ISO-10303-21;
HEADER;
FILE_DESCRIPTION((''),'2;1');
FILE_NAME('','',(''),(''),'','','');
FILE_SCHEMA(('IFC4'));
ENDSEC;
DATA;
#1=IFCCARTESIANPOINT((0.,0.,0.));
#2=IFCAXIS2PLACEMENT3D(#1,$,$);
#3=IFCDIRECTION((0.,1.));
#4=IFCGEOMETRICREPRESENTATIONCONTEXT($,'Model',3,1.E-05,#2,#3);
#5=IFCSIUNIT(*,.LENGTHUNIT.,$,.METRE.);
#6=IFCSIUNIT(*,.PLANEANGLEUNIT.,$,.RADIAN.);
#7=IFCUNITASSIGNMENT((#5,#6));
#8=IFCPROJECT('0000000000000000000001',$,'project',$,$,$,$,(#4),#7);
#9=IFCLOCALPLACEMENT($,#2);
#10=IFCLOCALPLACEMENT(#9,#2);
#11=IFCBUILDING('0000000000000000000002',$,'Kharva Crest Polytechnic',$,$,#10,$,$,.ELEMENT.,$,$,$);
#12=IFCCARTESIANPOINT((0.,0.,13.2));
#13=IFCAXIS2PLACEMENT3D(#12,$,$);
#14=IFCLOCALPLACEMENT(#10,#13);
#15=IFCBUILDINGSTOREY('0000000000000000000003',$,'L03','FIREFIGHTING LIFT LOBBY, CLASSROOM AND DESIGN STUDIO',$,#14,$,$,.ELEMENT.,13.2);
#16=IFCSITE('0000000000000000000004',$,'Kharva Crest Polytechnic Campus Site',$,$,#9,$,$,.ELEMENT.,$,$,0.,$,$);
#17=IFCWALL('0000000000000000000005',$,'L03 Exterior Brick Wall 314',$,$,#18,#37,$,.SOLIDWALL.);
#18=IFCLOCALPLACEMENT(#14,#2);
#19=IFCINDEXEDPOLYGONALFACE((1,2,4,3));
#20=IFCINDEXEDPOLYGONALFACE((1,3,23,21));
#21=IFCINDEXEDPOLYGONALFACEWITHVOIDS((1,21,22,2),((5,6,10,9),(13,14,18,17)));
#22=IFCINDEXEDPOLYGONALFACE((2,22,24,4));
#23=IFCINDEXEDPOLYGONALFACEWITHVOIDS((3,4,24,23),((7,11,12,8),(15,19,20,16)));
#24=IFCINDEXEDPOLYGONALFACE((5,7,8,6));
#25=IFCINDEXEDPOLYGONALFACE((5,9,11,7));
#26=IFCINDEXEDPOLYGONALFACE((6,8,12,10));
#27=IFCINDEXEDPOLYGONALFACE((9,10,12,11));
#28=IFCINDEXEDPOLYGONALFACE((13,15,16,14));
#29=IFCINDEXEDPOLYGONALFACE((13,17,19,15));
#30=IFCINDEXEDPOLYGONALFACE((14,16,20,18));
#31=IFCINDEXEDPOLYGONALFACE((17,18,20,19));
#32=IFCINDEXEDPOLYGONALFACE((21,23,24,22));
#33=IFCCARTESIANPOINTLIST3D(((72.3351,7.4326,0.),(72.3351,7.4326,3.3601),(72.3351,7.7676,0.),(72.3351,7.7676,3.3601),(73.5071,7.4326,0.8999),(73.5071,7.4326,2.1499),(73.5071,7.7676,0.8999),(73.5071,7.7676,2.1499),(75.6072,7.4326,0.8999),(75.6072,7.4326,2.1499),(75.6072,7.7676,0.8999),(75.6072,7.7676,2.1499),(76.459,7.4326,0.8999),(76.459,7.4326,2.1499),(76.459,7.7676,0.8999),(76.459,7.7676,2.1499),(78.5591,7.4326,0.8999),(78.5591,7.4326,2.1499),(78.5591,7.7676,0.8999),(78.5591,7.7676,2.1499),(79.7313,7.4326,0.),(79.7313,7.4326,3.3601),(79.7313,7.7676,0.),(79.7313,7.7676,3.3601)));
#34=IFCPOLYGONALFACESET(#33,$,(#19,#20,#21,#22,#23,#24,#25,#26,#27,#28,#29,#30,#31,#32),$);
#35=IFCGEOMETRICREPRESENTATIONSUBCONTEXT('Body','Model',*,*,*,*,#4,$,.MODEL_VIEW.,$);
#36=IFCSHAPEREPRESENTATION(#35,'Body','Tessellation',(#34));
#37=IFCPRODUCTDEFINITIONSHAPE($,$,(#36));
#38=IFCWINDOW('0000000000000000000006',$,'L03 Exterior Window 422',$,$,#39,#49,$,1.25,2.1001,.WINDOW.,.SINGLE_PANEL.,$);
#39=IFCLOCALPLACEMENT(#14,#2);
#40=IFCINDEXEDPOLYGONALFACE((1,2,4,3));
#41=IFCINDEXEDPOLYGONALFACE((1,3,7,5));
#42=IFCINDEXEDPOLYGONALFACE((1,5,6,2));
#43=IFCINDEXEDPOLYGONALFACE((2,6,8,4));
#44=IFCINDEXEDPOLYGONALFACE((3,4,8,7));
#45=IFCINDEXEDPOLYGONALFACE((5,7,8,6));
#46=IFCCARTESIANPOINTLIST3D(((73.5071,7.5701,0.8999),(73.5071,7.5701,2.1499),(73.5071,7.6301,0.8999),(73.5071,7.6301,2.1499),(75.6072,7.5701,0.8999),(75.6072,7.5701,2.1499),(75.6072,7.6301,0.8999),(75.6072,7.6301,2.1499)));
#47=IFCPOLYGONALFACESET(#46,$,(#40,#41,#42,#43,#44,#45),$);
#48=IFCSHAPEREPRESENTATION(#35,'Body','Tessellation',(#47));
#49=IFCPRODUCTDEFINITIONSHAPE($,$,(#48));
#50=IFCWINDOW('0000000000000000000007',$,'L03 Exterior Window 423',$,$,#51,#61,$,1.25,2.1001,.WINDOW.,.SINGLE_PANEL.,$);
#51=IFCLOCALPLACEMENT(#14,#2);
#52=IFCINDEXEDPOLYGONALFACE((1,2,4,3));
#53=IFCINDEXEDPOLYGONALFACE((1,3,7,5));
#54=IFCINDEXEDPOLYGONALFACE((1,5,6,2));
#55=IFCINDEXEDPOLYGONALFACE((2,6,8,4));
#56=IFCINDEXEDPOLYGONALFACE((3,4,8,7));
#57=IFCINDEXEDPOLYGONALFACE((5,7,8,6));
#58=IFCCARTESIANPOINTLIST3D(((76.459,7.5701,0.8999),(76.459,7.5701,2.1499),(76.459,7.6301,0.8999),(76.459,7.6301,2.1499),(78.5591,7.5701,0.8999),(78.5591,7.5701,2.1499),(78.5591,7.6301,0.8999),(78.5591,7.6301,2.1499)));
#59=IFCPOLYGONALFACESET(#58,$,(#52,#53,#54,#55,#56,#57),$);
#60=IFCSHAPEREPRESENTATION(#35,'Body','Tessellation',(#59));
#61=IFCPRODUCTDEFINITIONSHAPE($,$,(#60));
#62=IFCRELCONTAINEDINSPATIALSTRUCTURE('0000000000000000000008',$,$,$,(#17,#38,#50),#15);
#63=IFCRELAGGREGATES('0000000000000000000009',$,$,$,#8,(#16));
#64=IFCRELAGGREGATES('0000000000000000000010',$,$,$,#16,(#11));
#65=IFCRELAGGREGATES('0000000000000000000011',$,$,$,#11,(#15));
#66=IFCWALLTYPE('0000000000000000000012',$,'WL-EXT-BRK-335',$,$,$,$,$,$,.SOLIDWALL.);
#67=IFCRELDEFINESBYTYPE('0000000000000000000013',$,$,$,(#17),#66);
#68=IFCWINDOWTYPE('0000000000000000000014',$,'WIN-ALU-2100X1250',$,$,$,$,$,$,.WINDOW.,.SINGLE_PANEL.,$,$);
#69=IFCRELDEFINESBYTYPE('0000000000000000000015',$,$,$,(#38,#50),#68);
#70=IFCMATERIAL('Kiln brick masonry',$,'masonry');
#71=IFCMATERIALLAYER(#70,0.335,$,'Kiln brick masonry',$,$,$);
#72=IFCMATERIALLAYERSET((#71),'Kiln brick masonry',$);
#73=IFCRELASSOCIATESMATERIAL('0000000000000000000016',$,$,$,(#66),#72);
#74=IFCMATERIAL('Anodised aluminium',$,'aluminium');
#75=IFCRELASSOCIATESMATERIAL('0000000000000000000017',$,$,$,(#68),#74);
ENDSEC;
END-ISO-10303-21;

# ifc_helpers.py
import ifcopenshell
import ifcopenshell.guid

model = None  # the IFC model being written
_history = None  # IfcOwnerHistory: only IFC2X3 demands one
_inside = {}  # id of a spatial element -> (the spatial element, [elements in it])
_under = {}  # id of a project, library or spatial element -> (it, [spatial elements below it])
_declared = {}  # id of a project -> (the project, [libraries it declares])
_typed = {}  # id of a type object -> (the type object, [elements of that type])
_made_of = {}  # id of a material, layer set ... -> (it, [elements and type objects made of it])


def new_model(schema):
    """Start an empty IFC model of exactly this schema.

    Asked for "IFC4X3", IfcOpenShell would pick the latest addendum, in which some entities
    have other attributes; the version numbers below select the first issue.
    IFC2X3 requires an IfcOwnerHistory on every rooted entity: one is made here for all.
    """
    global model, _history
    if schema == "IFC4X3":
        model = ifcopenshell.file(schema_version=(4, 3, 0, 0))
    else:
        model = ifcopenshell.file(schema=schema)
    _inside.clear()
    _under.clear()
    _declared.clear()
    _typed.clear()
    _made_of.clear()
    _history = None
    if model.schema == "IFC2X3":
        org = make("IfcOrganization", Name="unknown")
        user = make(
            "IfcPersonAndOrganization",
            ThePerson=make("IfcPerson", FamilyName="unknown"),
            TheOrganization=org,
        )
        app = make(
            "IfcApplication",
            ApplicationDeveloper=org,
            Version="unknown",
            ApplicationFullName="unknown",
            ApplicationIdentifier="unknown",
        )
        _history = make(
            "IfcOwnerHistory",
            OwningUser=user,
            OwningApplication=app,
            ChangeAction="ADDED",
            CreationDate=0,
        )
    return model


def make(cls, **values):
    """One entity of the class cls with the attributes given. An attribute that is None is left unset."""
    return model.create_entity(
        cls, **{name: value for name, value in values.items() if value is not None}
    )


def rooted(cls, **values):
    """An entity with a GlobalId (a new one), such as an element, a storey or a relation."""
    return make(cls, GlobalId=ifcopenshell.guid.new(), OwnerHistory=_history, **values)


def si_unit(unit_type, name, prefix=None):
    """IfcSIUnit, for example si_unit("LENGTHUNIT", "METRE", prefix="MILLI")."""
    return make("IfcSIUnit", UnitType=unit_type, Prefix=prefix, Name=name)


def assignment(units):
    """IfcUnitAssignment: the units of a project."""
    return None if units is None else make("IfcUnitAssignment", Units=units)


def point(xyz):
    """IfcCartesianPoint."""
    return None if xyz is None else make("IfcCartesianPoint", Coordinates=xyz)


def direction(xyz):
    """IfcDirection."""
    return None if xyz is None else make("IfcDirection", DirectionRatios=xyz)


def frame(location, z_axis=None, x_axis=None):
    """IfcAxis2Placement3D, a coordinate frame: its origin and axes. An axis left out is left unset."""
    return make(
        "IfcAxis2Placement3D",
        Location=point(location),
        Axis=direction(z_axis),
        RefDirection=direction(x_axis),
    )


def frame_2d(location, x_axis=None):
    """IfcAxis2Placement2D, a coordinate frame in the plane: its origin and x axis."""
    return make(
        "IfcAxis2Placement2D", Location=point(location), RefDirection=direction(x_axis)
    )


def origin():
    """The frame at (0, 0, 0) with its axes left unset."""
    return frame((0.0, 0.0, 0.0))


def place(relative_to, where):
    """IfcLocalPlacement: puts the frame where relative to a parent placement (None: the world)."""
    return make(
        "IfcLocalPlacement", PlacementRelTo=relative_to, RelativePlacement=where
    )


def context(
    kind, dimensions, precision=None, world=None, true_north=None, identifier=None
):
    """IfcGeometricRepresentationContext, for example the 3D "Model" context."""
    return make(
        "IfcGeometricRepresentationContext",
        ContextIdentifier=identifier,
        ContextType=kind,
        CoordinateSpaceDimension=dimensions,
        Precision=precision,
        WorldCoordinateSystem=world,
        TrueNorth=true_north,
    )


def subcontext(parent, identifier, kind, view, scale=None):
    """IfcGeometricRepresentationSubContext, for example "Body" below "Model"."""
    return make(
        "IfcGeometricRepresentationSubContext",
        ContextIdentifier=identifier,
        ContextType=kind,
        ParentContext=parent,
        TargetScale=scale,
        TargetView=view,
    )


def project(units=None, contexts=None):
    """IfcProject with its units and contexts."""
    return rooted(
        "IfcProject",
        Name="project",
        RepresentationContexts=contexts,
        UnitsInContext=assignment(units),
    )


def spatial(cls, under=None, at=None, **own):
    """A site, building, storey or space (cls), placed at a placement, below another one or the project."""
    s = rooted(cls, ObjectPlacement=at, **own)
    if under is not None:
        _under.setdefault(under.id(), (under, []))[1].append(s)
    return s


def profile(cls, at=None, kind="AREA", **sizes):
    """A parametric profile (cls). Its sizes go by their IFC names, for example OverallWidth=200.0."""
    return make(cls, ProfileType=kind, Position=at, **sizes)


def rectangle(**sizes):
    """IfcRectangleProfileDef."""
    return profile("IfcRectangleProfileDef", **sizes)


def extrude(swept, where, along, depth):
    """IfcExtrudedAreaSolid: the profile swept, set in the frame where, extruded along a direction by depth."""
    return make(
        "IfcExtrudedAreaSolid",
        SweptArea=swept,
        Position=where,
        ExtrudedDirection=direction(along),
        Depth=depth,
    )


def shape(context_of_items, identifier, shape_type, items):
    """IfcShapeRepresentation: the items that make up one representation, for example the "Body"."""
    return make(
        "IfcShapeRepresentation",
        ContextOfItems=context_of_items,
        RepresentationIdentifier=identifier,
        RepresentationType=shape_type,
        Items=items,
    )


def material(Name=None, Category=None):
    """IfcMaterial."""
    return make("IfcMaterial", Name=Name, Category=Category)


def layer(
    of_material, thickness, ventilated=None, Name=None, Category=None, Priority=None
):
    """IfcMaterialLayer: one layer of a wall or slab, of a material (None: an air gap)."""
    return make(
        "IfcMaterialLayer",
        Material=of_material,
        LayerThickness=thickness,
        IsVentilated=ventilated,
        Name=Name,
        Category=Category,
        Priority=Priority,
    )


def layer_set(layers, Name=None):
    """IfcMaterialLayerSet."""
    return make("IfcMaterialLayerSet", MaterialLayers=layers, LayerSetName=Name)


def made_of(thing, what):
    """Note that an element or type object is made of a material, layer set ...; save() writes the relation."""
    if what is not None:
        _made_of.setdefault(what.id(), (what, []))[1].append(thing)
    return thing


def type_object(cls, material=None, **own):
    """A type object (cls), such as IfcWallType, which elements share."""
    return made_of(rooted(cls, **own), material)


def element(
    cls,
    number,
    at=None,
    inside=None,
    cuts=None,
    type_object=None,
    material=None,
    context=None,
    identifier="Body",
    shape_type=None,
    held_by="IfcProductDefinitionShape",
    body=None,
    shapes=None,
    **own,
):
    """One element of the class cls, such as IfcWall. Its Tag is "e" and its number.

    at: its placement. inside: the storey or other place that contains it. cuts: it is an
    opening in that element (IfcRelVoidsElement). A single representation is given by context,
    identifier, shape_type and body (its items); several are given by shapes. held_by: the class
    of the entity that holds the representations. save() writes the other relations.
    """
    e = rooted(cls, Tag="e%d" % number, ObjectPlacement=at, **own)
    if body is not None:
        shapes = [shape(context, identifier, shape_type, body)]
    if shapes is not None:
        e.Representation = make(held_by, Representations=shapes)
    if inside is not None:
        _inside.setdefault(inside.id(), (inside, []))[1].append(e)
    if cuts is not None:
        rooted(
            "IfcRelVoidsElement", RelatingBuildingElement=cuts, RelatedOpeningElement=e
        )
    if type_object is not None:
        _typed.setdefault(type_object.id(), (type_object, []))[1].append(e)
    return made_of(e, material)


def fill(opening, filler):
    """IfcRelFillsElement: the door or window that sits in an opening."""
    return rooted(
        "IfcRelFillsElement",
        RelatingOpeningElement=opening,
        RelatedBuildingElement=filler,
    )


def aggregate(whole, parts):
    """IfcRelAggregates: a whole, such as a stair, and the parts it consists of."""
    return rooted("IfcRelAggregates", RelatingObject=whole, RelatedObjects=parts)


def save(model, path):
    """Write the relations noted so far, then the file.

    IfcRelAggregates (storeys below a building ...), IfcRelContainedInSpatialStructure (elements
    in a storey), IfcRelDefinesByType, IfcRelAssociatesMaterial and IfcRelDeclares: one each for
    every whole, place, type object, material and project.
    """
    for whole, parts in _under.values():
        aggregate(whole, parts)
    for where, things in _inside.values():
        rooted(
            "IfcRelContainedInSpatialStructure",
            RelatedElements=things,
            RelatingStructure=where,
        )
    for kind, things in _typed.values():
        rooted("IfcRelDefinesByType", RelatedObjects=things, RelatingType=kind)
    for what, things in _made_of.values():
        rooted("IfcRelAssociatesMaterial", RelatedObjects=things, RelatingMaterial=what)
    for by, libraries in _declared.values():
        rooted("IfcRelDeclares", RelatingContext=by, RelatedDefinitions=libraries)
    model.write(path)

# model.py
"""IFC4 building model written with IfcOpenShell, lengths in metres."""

from ifc_helpers import new_model, si_unit, direction, frame, frame_2d, origin, place, context, subcontext, project, spatial, rectangle, extrude, material, layer, layer_set, type_object, element, fill, save


model = new_model("IFC4")

# Units and contexts
model_context = context("Model", 3, precision=1e-05, world=origin(), true_north=direction((0.0, 1.0)))
body_context = subcontext(model_context, "Body", "Model", "MODEL_VIEW")
ifc_project = project(units=[si_unit("LENGTHUNIT", "METRE"), si_unit("PLANEANGLEUNIT", "RADIAN")], contexts=[model_context])

# Site, building, storey
site_placement = place(None, origin())
site = spatial("IfcSite", under=ifc_project, at=site_placement, Name="Kharva Crest Polytechnic Campus Site", CompositionType="ELEMENT", RefElevation=0.0)
building_placement = place(site_placement, origin())
building = spatial("IfcBuilding", under=site, at=building_placement, Name="Kharva Crest Polytechnic", CompositionType="ELEMENT")
storey_placement = place(building_placement, frame((0.0, 0.0, 13.2)))
storey = spatial("IfcBuildingStorey", under=building, at=storey_placement, Name="L03", Description="FIREFIGHTING LIFT LOBBY, CLASSROOM AND DESIGN STUDIO", CompositionType="ELEMENT", Elevation=13.2)

# Wall, openings, windows
ifc_material_1 = material(Name="Kiln brick masonry", Category="masonry")
ifc_layer_1 = layer(ifc_material_1, 0.335, Name="Kiln brick masonry")
ifc_layer_set_1 = layer_set([ifc_layer_1], Name="Kiln brick masonry")
wall_type = type_object("IfcWallType", Name="WL-EXT-BRK-335", PredefinedType="SOLIDWALL", material=ifc_layer_set_1)
wall_placement = place(storey_placement, frame((72.335, 7.6001, 0.0), z_axis=(0.0, 0.0, 1.0), x_axis=(1.0, 0.0, 0.0)))
wall = element("IfcWall", 1, at=wall_placement, inside=storey, type_object=wall_type, Name="L03 Exterior Brick Wall 314", PredefinedType="SOLIDWALL", context=body_context, shape_type="SweptSolid", body=[
    extrude(rectangle(XDim=7.3962, YDim=0.335, at=frame_2d((3.6982, 0.0))), origin(), (0.0, 0.0, 1.0), 3.3601),
])
opening_1_placement = place(wall_placement, frame((1.1721, 0.0, 0.8999)))
opening_1 = element("IfcOpeningElement", 2, at=opening_1_placement, cuts=wall, PredefinedType="OPENING", context=body_context, shape_type="SweptSolid", body=[
    extrude(rectangle(XDim=2.1001, YDim=1.25, at=frame_2d((1.05, 0.625))), frame((0.0, 0.1775, 0.0), z_axis=(0.0, -1.0, 0.0), x_axis=(1.0, 0.0, 0.0)), (0.0, 0.0, 1.0), 0.355),
])
opening_2_placement = place(wall_placement, frame((4.124, 0.0, 0.8999)))
opening_2 = element("IfcOpeningElement", 3, at=opening_2_placement, cuts=wall, PredefinedType="OPENING", context=body_context, shape_type="SweptSolid", body=[
    extrude(rectangle(XDim=2.1001, YDim=1.25, at=frame_2d((1.05, 0.625))), frame((0.0, 0.1775, 0.0), z_axis=(0.0, -1.0, 0.0), x_axis=(1.0, 0.0, 0.0)), (0.0, 0.0, 1.0), 0.355),
])
ifc_material_2 = material(Name="Anodised aluminium", Category="aluminium")
window_type = type_object("IfcWindowType", Name="WIN-ALU-2100X1250", PartitioningType="SINGLE_PANEL", PredefinedType="WINDOW", material=ifc_material_2)
window_1_placement = place(opening_1_placement, origin())
window_1 = element("IfcWindow", 4, at=window_1_placement, inside=storey, type_object=window_type, Name="L03 Exterior Window 422", OverallHeight=1.25, OverallWidth=2.1001, PartitioningType="SINGLE_PANEL", PredefinedType="WINDOW", context=body_context, shape_type="SweptSolid", body=[
    extrude(rectangle(XDim=2.1001, YDim=1.25, at=frame_2d((1.05, 0.625))), frame((0.0, 0.03, 0.0), z_axis=(0.0, -1.0, 0.0), x_axis=(1.0, 0.0, 0.0)), (0.0, 0.0, 1.0), 0.0601),
])
fill(opening_1, window_1)
window_2_placement = place(opening_2_placement, origin())
window_2 = element("IfcWindow", 5, at=window_2_placement, inside=storey, type_object=window_type, Name="L03 Exterior Window 423", OverallHeight=1.25, OverallWidth=2.1001, PartitioningType="SINGLE_PANEL", PredefinedType="WINDOW", context=body_context, shape_type="SweptSolid", body=[
    extrude(rectangle(XDim=2.1001, YDim=1.25, at=frame_2d((1.05, 0.625))), frame((0.0, 0.03, 0.0), z_axis=(0.0, -1.0, 0.0), x_axis=(1.0, 0.0, 0.0)), (0.0, 0.0, 1.0), 0.0601),
])
fill(opening_2, window_2)

save(model, "model.ifc")
